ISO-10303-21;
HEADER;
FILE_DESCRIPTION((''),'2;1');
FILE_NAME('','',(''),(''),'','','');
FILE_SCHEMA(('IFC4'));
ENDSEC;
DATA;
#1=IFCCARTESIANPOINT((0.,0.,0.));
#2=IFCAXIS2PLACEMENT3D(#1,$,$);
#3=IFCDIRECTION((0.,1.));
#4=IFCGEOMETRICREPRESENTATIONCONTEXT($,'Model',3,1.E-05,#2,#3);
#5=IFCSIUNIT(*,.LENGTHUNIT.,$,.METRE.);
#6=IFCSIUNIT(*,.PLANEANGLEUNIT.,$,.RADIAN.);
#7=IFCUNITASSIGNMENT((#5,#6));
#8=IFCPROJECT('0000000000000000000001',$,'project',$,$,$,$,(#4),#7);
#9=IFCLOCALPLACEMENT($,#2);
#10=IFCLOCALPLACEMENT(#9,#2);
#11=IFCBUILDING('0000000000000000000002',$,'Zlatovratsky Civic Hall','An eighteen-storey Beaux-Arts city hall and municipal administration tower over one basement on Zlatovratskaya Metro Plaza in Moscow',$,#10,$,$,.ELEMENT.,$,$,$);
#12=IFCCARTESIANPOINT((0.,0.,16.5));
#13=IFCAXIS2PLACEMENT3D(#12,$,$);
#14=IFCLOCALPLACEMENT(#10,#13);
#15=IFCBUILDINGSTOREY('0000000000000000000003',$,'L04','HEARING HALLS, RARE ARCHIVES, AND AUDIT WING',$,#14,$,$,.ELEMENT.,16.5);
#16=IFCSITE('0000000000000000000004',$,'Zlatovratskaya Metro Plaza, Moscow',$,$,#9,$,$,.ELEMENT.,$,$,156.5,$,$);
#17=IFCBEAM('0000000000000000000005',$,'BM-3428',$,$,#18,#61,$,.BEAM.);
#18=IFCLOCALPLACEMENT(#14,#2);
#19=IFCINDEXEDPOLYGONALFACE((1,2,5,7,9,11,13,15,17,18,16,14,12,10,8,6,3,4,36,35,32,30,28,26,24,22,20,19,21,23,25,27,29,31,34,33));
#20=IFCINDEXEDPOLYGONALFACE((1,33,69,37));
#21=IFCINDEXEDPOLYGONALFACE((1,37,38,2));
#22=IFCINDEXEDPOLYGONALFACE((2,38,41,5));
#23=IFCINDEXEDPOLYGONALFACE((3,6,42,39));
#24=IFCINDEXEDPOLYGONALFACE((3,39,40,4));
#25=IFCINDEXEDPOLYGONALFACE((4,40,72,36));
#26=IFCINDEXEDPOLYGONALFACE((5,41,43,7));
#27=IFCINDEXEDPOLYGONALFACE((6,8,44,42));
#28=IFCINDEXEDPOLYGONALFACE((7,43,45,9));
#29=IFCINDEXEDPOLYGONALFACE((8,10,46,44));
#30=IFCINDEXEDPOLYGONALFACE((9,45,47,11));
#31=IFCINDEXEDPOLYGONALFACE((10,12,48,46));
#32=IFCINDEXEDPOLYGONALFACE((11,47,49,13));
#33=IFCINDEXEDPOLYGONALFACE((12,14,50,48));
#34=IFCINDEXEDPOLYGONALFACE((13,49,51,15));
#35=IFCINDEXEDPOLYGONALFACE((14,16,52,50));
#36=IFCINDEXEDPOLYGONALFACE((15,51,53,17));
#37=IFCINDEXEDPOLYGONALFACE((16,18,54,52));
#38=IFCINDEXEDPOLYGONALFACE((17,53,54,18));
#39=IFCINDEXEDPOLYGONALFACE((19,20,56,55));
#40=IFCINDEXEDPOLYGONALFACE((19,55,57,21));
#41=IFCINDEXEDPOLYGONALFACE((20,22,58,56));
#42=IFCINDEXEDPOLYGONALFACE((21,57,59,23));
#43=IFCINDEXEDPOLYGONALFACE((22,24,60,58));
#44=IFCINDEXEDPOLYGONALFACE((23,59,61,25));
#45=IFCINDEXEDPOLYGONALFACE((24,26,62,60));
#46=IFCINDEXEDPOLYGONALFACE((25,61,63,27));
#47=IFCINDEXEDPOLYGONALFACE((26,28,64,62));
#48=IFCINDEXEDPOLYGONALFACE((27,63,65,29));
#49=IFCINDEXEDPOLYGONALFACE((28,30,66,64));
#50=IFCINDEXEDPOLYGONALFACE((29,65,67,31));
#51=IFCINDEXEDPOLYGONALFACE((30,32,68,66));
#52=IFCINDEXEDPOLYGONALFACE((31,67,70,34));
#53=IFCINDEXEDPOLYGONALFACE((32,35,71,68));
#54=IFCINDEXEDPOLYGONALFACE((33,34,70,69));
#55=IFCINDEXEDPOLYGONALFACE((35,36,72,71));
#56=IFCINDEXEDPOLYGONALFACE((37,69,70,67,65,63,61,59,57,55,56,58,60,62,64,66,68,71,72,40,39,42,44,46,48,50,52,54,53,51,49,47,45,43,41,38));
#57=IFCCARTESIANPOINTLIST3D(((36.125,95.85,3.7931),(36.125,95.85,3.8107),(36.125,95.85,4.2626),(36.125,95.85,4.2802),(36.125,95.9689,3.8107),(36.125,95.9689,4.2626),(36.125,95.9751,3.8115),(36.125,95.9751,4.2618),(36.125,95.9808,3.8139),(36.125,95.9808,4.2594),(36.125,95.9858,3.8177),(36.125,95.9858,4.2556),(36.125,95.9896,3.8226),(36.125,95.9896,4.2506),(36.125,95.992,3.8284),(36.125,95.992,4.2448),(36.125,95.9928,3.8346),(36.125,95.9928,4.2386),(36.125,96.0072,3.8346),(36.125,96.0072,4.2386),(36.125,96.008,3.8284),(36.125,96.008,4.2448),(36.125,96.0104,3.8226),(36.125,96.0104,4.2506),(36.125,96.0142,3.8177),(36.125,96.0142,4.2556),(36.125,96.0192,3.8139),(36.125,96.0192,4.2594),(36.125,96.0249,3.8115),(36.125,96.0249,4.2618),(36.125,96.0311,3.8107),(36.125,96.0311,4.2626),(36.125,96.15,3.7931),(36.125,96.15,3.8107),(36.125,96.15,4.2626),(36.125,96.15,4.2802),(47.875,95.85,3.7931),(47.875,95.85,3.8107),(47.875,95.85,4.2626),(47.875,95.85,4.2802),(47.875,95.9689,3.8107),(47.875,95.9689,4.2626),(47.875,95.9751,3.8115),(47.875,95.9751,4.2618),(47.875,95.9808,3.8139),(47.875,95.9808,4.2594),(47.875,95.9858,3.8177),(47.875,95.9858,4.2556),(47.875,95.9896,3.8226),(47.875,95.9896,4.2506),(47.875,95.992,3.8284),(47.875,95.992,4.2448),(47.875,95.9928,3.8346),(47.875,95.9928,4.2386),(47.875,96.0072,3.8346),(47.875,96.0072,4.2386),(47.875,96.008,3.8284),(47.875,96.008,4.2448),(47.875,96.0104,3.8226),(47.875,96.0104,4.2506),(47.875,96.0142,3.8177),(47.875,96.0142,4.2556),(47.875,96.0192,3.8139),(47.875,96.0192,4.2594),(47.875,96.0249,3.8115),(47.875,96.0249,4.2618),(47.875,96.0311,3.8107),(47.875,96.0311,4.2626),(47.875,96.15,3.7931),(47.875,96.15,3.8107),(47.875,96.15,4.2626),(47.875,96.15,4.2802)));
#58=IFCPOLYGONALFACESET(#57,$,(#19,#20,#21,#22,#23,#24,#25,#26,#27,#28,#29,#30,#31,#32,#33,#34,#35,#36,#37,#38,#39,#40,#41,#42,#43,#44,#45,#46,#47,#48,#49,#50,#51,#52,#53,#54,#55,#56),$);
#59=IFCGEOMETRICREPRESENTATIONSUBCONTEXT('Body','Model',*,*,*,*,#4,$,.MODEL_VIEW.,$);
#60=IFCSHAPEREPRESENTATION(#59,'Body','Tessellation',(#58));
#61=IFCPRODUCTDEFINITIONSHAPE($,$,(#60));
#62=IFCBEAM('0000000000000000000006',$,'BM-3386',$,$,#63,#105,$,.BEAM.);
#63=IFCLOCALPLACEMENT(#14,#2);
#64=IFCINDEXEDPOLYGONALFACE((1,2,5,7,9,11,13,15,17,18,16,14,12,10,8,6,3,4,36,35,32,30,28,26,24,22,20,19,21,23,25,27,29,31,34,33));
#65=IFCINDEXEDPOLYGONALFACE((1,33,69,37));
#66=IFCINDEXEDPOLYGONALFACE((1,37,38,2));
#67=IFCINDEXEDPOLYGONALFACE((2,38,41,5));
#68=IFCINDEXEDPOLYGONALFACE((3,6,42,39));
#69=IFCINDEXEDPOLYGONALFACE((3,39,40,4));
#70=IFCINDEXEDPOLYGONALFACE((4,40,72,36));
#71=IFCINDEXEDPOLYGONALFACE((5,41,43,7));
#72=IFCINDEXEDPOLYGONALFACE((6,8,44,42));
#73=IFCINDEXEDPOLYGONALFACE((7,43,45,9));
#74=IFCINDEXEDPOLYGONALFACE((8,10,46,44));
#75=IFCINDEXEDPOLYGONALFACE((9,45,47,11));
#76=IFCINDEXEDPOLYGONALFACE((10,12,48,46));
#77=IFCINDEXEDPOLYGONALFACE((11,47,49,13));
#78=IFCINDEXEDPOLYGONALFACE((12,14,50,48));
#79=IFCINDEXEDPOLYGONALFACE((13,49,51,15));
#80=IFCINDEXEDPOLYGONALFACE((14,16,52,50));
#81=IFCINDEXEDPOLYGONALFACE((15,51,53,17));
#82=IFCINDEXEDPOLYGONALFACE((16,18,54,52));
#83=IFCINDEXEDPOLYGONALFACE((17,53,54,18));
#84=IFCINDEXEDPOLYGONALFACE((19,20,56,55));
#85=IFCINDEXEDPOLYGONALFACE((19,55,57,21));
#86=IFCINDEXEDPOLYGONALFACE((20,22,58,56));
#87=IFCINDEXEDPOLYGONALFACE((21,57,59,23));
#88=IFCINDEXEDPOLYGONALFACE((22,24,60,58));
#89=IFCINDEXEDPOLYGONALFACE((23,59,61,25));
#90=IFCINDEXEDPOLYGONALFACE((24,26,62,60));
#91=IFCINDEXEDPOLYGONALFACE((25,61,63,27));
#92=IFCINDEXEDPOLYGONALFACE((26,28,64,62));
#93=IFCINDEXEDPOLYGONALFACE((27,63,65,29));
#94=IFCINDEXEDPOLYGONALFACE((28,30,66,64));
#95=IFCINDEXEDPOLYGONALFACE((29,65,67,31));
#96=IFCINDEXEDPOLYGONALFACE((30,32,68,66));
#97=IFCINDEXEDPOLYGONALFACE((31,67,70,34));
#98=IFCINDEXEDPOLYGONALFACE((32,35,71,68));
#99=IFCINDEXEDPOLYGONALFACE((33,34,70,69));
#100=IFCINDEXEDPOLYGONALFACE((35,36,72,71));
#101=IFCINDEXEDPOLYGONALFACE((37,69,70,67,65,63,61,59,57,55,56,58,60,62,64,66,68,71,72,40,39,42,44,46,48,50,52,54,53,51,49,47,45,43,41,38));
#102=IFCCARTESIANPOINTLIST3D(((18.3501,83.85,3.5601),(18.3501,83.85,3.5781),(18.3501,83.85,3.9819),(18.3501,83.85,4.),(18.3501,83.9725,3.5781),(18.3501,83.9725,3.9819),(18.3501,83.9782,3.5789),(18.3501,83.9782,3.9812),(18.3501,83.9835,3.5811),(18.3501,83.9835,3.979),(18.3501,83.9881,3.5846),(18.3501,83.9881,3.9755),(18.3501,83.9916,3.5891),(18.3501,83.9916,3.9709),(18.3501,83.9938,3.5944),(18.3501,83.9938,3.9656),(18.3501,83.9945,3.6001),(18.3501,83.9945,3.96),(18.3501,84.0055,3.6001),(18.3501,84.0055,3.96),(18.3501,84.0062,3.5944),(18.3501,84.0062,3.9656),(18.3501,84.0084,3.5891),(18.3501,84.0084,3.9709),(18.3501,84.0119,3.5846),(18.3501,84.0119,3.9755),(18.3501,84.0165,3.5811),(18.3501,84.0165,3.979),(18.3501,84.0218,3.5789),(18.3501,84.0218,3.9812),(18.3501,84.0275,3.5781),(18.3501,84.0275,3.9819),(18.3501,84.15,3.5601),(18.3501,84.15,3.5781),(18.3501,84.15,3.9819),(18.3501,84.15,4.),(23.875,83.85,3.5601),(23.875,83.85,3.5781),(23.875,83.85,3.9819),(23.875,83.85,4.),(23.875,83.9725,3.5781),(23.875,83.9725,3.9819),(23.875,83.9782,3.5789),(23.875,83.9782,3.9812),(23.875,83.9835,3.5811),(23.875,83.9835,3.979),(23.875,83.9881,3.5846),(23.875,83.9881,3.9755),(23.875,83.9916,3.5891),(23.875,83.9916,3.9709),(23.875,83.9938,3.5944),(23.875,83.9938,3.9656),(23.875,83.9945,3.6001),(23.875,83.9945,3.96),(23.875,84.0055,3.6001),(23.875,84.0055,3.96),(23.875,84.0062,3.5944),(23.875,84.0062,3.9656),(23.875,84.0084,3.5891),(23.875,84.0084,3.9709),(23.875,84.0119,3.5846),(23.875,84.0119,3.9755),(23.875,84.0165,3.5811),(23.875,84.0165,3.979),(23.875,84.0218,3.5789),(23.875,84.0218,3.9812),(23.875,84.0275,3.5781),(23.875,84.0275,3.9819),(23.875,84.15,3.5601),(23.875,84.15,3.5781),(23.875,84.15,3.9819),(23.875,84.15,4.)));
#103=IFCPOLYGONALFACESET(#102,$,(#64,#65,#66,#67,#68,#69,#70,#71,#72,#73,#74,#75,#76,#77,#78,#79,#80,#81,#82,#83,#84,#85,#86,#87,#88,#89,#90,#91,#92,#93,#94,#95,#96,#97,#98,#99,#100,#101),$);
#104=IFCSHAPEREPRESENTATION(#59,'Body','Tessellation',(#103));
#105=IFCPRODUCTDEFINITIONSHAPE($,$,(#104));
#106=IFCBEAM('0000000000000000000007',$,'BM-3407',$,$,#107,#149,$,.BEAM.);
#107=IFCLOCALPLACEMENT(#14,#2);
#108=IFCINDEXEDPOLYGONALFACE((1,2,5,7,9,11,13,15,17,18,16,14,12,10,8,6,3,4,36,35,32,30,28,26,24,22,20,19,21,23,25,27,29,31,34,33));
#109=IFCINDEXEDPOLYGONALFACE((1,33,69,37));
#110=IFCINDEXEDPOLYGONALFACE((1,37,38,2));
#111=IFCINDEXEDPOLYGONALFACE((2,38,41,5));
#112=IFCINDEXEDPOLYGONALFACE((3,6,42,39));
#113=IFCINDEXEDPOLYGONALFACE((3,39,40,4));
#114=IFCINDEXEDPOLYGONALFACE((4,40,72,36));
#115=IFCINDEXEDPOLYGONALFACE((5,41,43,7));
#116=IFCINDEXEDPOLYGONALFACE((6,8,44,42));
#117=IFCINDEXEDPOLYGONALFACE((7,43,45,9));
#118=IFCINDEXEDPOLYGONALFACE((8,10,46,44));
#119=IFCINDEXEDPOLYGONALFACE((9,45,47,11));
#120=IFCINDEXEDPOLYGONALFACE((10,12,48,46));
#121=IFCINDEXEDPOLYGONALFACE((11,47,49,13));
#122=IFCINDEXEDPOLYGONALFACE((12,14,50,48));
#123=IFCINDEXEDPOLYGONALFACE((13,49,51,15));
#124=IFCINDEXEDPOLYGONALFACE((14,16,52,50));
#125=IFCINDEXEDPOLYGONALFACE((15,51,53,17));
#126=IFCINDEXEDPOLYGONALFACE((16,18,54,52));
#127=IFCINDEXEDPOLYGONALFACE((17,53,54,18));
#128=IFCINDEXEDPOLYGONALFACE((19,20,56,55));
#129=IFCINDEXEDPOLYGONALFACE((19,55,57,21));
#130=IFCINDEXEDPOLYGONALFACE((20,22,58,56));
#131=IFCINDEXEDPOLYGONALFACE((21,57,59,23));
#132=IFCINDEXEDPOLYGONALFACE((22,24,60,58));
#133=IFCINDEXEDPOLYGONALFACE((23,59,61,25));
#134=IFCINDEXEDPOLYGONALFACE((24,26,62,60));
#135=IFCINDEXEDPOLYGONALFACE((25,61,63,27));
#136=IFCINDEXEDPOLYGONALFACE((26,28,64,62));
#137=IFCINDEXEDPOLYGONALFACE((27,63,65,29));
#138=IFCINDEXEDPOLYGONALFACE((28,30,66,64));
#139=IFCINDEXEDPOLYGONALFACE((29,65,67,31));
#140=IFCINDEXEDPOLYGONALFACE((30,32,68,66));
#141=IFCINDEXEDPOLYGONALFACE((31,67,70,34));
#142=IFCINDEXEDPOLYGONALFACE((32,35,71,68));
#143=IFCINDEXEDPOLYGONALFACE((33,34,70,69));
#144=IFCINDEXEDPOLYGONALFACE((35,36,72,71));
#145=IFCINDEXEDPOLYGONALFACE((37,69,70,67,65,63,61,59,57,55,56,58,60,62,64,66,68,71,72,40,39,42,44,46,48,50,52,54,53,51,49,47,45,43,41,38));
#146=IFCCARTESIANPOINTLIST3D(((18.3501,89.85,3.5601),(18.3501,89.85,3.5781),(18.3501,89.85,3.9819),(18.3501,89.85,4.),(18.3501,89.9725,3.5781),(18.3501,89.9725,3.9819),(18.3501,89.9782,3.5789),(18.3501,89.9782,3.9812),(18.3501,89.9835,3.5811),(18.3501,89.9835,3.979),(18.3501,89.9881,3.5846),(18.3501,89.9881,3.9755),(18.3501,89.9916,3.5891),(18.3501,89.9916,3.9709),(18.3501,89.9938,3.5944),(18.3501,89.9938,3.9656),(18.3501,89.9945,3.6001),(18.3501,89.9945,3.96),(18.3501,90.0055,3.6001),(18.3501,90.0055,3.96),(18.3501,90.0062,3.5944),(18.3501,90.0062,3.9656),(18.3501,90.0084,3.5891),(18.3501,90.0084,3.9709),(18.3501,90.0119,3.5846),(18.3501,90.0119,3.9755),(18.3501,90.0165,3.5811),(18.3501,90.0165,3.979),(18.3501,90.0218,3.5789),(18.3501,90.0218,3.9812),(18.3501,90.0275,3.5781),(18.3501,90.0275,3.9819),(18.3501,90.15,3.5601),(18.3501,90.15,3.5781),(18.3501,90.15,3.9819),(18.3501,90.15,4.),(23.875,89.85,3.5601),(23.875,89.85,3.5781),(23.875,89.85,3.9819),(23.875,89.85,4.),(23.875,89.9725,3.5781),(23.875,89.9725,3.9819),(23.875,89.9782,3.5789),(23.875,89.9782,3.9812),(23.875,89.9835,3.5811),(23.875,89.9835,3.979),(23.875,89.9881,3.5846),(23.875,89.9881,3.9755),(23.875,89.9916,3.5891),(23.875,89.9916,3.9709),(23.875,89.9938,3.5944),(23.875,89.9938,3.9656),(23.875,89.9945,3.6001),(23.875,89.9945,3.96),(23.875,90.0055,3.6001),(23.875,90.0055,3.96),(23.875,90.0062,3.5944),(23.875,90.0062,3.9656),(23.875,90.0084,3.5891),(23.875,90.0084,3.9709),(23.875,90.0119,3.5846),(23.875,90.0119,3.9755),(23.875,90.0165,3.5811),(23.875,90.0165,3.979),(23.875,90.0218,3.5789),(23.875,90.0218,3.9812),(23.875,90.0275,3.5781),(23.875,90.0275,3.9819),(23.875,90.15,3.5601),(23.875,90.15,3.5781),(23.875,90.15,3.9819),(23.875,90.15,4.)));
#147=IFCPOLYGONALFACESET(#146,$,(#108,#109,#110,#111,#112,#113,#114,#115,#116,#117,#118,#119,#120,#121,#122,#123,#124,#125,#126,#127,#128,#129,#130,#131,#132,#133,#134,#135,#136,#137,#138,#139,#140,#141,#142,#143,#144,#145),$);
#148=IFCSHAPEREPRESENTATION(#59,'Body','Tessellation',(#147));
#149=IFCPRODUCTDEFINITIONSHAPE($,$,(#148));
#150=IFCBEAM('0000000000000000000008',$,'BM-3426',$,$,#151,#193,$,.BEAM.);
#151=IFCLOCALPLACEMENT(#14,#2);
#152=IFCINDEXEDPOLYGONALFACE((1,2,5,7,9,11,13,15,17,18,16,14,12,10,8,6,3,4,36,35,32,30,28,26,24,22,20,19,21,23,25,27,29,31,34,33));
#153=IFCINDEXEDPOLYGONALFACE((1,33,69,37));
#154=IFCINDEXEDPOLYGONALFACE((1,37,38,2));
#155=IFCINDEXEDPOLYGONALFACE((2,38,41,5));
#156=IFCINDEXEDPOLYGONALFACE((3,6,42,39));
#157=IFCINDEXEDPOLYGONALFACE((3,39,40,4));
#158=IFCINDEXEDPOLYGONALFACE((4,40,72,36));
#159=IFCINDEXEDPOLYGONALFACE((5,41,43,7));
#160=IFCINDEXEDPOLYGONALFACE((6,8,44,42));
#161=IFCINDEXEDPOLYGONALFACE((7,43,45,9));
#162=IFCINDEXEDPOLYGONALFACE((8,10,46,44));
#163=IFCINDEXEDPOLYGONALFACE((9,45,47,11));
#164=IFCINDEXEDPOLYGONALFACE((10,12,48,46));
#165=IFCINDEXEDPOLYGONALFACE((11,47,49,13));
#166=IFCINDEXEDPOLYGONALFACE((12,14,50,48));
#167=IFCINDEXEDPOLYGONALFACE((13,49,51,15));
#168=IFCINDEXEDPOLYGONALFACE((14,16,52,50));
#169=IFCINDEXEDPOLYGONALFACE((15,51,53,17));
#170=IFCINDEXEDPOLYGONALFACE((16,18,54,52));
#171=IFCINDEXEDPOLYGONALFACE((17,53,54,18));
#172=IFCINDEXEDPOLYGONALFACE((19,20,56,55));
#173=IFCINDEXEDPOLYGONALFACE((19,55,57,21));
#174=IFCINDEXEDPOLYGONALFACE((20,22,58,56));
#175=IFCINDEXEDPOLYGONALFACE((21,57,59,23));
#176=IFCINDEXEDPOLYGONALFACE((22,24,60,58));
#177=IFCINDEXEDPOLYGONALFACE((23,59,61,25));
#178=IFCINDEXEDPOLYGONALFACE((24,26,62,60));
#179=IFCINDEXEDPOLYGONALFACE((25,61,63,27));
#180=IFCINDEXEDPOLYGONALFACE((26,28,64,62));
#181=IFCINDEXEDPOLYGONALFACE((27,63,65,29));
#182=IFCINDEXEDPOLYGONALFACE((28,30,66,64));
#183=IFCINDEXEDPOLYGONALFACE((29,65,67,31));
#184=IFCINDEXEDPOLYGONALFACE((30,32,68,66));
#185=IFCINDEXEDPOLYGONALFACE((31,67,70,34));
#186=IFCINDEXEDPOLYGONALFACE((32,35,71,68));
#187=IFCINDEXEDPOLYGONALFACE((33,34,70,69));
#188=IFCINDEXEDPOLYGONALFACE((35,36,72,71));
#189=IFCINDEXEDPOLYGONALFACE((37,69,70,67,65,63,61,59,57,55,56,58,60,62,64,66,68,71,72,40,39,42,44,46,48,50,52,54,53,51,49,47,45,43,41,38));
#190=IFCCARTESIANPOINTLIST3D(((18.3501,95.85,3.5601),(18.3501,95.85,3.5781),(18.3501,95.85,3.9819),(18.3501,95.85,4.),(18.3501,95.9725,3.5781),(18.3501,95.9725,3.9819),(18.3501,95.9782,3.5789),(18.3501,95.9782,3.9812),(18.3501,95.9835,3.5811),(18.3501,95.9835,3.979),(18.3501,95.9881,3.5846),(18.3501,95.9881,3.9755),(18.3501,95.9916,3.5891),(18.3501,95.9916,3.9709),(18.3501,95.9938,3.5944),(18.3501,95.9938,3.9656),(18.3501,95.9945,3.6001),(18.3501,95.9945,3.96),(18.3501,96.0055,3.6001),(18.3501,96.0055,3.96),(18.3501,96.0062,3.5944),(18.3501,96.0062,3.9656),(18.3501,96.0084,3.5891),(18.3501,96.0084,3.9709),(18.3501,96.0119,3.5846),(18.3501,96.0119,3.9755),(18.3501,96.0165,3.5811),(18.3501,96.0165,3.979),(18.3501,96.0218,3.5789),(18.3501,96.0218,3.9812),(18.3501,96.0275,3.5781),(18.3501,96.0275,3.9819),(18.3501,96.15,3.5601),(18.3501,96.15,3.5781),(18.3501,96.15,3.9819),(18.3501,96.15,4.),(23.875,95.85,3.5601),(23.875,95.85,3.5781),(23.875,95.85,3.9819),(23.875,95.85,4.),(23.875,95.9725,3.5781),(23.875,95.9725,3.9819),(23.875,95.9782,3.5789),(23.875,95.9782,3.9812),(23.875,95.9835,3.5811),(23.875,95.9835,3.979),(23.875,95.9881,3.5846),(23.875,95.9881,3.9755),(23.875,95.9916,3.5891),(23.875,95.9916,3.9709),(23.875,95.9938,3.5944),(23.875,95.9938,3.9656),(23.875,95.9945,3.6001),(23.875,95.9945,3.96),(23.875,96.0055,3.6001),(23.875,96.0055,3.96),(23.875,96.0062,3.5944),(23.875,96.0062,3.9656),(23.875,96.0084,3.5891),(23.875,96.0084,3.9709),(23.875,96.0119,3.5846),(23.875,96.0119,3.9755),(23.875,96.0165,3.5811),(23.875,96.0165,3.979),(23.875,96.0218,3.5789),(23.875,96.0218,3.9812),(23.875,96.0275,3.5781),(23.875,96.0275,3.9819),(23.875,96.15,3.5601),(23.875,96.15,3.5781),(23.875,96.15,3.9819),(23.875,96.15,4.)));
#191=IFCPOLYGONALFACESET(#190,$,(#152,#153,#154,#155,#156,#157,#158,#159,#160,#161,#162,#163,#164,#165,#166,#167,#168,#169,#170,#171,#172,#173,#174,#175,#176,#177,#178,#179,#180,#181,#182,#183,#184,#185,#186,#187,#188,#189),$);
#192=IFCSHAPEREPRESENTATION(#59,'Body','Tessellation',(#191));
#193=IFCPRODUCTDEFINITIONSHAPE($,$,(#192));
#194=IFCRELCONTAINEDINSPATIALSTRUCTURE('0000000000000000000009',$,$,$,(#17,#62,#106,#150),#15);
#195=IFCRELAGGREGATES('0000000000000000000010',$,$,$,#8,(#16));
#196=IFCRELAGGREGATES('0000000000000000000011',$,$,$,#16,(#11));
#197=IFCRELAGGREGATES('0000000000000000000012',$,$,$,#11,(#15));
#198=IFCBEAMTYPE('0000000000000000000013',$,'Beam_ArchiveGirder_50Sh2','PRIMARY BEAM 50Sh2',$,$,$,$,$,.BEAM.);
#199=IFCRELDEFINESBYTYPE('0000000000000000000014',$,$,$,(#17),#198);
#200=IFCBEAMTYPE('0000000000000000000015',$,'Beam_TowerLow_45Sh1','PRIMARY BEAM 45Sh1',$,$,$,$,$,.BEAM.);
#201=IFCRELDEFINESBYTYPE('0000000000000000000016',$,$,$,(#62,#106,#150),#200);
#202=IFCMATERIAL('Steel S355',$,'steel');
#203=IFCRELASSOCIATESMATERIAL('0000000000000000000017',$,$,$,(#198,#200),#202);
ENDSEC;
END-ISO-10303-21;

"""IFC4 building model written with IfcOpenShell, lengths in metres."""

from ifc_helpers import new_model, si_unit, direction, frame, origin, origin_2d, place, context, subcontext, project, spatial, i_section, extrude, material, material_profile, profile_set, type_object, element, save


model = new_model("IFC4")

# Units and contexts
model_context = context("Model", 3, precision=1e-05, world=origin(), true_north=direction((0.0, 1.0)))
body_context = subcontext(model_context, "Body", "Model", "MODEL_VIEW")
ifc_project = project(units=[si_unit("LENGTHUNIT", "METRE"), si_unit("PLANEANGLEUNIT", "RADIAN")], contexts=[model_context])

# Site, building, storey
site_placement = place(None, origin())
site = spatial("IfcSite", under=ifc_project, at=site_placement, Name="Zlatovratskaya Metro Plaza, Moscow", CompositionType="ELEMENT", RefElevation=156.5)
building_placement = place(site_placement, origin())
building = spatial("IfcBuilding", under=site, at=building_placement, Name="Zlatovratsky Civic Hall", Description="An eighteen-storey Beaux-Arts city hall and municipal administration tower over one basement on Zlatovratskaya Metro Plaza in Moscow", CompositionType="ELEMENT")
storey_placement = place(building_placement, frame((0.0, 0.0, 16.5)))
storey = spatial("IfcBuildingStorey", under=building, at=storey_placement, Name="L04", Description="HEARING HALLS, RARE ARCHIVES, AND AUDIT WING", CompositionType="ELEMENT", Elevation=16.5)

# Shared definitions
ifc_material_1 = material(Name="Steel S355", Category="steel")

# Beams
ifc_material_profile_1 = material_profile(ifc_material_1, i_section(OverallWidth=0.3, OverallDepth=0.4871, WebThickness=0.0144, FlangeThickness=0.0176, FilletRadius=0.0239, at=origin_2d()), Name="50Sh2")
ifc_profile_set_1 = profile_set([ifc_material_profile_1], Name="Steel S355")
beam_type_1 = type_object("IfcBeamType", Name="Beam_ArchiveGirder_50Sh2", Description="PRIMARY BEAM 50Sh2", PredefinedType="BEAM", material=ifc_profile_set_1)
for number, where, z_axis, x_axis, name in (
    (1, (36.125, 96.0, 4.0366), (1.0, 0.0, 0.0), (0.0, 1.0, 0.0), "BM-3428"),
):
    element("IfcBeam", number, at=place(storey_placement, frame(where, z_axis=z_axis, x_axis=x_axis)), inside=storey, type_object=beam_type_1, Name=name, PredefinedType="BEAM", context=body_context, shape_type="SweptSolid", body=[
        extrude(i_section(OverallWidth=0.3, OverallDepth=0.4871, WebThickness=0.0144, FlangeThickness=0.0176, FilletRadius=0.0239, at=origin_2d()), origin(), (0.0, 0.0, 1.0), 11.75),
    ])
ifc_material_profile_2 = material_profile(ifc_material_1, i_section(OverallWidth=0.3, OverallDepth=0.4399, WebThickness=0.011, FlangeThickness=0.0181, FilletRadius=0.022, at=origin_2d()), Name="45Sh1")
ifc_profile_set_2 = profile_set([ifc_material_profile_2], Name="Steel S355")
beam_type_2 = type_object("IfcBeamType", Name="Beam_TowerLow_45Sh1", Description="PRIMARY BEAM 45Sh1", PredefinedType="BEAM", material=ifc_profile_set_2)
for number, where, z_axis, x_axis, name in (
    (2, (18.3501, 84.0, 3.78), (1.0, 0.0, 0.0), (0.0, 1.0, 0.0), "BM-3386"),
    (3, (18.3501, 90.0, 3.78), (1.0, 0.0, 0.0), (0.0, 1.0, 0.0), "BM-3407"),
    (4, (18.3501, 96.0, 3.78), (1.0, 0.0, 0.0), (0.0, 1.0, 0.0), "BM-3426"),
):
    element("IfcBeam", number, at=place(storey_placement, frame(where, z_axis=z_axis, x_axis=x_axis)), inside=storey, type_object=beam_type_2, Name=name, PredefinedType="BEAM", context=body_context, shape_type="SweptSolid", body=[
        extrude(i_section(OverallWidth=0.3, OverallDepth=0.4399, WebThickness=0.011, FlangeThickness=0.0181, FilletRadius=0.022, at=origin_2d()), origin(), (0.0, 0.0, 1.0), 5.5249),
    ])

save(model, "model.ifc")
